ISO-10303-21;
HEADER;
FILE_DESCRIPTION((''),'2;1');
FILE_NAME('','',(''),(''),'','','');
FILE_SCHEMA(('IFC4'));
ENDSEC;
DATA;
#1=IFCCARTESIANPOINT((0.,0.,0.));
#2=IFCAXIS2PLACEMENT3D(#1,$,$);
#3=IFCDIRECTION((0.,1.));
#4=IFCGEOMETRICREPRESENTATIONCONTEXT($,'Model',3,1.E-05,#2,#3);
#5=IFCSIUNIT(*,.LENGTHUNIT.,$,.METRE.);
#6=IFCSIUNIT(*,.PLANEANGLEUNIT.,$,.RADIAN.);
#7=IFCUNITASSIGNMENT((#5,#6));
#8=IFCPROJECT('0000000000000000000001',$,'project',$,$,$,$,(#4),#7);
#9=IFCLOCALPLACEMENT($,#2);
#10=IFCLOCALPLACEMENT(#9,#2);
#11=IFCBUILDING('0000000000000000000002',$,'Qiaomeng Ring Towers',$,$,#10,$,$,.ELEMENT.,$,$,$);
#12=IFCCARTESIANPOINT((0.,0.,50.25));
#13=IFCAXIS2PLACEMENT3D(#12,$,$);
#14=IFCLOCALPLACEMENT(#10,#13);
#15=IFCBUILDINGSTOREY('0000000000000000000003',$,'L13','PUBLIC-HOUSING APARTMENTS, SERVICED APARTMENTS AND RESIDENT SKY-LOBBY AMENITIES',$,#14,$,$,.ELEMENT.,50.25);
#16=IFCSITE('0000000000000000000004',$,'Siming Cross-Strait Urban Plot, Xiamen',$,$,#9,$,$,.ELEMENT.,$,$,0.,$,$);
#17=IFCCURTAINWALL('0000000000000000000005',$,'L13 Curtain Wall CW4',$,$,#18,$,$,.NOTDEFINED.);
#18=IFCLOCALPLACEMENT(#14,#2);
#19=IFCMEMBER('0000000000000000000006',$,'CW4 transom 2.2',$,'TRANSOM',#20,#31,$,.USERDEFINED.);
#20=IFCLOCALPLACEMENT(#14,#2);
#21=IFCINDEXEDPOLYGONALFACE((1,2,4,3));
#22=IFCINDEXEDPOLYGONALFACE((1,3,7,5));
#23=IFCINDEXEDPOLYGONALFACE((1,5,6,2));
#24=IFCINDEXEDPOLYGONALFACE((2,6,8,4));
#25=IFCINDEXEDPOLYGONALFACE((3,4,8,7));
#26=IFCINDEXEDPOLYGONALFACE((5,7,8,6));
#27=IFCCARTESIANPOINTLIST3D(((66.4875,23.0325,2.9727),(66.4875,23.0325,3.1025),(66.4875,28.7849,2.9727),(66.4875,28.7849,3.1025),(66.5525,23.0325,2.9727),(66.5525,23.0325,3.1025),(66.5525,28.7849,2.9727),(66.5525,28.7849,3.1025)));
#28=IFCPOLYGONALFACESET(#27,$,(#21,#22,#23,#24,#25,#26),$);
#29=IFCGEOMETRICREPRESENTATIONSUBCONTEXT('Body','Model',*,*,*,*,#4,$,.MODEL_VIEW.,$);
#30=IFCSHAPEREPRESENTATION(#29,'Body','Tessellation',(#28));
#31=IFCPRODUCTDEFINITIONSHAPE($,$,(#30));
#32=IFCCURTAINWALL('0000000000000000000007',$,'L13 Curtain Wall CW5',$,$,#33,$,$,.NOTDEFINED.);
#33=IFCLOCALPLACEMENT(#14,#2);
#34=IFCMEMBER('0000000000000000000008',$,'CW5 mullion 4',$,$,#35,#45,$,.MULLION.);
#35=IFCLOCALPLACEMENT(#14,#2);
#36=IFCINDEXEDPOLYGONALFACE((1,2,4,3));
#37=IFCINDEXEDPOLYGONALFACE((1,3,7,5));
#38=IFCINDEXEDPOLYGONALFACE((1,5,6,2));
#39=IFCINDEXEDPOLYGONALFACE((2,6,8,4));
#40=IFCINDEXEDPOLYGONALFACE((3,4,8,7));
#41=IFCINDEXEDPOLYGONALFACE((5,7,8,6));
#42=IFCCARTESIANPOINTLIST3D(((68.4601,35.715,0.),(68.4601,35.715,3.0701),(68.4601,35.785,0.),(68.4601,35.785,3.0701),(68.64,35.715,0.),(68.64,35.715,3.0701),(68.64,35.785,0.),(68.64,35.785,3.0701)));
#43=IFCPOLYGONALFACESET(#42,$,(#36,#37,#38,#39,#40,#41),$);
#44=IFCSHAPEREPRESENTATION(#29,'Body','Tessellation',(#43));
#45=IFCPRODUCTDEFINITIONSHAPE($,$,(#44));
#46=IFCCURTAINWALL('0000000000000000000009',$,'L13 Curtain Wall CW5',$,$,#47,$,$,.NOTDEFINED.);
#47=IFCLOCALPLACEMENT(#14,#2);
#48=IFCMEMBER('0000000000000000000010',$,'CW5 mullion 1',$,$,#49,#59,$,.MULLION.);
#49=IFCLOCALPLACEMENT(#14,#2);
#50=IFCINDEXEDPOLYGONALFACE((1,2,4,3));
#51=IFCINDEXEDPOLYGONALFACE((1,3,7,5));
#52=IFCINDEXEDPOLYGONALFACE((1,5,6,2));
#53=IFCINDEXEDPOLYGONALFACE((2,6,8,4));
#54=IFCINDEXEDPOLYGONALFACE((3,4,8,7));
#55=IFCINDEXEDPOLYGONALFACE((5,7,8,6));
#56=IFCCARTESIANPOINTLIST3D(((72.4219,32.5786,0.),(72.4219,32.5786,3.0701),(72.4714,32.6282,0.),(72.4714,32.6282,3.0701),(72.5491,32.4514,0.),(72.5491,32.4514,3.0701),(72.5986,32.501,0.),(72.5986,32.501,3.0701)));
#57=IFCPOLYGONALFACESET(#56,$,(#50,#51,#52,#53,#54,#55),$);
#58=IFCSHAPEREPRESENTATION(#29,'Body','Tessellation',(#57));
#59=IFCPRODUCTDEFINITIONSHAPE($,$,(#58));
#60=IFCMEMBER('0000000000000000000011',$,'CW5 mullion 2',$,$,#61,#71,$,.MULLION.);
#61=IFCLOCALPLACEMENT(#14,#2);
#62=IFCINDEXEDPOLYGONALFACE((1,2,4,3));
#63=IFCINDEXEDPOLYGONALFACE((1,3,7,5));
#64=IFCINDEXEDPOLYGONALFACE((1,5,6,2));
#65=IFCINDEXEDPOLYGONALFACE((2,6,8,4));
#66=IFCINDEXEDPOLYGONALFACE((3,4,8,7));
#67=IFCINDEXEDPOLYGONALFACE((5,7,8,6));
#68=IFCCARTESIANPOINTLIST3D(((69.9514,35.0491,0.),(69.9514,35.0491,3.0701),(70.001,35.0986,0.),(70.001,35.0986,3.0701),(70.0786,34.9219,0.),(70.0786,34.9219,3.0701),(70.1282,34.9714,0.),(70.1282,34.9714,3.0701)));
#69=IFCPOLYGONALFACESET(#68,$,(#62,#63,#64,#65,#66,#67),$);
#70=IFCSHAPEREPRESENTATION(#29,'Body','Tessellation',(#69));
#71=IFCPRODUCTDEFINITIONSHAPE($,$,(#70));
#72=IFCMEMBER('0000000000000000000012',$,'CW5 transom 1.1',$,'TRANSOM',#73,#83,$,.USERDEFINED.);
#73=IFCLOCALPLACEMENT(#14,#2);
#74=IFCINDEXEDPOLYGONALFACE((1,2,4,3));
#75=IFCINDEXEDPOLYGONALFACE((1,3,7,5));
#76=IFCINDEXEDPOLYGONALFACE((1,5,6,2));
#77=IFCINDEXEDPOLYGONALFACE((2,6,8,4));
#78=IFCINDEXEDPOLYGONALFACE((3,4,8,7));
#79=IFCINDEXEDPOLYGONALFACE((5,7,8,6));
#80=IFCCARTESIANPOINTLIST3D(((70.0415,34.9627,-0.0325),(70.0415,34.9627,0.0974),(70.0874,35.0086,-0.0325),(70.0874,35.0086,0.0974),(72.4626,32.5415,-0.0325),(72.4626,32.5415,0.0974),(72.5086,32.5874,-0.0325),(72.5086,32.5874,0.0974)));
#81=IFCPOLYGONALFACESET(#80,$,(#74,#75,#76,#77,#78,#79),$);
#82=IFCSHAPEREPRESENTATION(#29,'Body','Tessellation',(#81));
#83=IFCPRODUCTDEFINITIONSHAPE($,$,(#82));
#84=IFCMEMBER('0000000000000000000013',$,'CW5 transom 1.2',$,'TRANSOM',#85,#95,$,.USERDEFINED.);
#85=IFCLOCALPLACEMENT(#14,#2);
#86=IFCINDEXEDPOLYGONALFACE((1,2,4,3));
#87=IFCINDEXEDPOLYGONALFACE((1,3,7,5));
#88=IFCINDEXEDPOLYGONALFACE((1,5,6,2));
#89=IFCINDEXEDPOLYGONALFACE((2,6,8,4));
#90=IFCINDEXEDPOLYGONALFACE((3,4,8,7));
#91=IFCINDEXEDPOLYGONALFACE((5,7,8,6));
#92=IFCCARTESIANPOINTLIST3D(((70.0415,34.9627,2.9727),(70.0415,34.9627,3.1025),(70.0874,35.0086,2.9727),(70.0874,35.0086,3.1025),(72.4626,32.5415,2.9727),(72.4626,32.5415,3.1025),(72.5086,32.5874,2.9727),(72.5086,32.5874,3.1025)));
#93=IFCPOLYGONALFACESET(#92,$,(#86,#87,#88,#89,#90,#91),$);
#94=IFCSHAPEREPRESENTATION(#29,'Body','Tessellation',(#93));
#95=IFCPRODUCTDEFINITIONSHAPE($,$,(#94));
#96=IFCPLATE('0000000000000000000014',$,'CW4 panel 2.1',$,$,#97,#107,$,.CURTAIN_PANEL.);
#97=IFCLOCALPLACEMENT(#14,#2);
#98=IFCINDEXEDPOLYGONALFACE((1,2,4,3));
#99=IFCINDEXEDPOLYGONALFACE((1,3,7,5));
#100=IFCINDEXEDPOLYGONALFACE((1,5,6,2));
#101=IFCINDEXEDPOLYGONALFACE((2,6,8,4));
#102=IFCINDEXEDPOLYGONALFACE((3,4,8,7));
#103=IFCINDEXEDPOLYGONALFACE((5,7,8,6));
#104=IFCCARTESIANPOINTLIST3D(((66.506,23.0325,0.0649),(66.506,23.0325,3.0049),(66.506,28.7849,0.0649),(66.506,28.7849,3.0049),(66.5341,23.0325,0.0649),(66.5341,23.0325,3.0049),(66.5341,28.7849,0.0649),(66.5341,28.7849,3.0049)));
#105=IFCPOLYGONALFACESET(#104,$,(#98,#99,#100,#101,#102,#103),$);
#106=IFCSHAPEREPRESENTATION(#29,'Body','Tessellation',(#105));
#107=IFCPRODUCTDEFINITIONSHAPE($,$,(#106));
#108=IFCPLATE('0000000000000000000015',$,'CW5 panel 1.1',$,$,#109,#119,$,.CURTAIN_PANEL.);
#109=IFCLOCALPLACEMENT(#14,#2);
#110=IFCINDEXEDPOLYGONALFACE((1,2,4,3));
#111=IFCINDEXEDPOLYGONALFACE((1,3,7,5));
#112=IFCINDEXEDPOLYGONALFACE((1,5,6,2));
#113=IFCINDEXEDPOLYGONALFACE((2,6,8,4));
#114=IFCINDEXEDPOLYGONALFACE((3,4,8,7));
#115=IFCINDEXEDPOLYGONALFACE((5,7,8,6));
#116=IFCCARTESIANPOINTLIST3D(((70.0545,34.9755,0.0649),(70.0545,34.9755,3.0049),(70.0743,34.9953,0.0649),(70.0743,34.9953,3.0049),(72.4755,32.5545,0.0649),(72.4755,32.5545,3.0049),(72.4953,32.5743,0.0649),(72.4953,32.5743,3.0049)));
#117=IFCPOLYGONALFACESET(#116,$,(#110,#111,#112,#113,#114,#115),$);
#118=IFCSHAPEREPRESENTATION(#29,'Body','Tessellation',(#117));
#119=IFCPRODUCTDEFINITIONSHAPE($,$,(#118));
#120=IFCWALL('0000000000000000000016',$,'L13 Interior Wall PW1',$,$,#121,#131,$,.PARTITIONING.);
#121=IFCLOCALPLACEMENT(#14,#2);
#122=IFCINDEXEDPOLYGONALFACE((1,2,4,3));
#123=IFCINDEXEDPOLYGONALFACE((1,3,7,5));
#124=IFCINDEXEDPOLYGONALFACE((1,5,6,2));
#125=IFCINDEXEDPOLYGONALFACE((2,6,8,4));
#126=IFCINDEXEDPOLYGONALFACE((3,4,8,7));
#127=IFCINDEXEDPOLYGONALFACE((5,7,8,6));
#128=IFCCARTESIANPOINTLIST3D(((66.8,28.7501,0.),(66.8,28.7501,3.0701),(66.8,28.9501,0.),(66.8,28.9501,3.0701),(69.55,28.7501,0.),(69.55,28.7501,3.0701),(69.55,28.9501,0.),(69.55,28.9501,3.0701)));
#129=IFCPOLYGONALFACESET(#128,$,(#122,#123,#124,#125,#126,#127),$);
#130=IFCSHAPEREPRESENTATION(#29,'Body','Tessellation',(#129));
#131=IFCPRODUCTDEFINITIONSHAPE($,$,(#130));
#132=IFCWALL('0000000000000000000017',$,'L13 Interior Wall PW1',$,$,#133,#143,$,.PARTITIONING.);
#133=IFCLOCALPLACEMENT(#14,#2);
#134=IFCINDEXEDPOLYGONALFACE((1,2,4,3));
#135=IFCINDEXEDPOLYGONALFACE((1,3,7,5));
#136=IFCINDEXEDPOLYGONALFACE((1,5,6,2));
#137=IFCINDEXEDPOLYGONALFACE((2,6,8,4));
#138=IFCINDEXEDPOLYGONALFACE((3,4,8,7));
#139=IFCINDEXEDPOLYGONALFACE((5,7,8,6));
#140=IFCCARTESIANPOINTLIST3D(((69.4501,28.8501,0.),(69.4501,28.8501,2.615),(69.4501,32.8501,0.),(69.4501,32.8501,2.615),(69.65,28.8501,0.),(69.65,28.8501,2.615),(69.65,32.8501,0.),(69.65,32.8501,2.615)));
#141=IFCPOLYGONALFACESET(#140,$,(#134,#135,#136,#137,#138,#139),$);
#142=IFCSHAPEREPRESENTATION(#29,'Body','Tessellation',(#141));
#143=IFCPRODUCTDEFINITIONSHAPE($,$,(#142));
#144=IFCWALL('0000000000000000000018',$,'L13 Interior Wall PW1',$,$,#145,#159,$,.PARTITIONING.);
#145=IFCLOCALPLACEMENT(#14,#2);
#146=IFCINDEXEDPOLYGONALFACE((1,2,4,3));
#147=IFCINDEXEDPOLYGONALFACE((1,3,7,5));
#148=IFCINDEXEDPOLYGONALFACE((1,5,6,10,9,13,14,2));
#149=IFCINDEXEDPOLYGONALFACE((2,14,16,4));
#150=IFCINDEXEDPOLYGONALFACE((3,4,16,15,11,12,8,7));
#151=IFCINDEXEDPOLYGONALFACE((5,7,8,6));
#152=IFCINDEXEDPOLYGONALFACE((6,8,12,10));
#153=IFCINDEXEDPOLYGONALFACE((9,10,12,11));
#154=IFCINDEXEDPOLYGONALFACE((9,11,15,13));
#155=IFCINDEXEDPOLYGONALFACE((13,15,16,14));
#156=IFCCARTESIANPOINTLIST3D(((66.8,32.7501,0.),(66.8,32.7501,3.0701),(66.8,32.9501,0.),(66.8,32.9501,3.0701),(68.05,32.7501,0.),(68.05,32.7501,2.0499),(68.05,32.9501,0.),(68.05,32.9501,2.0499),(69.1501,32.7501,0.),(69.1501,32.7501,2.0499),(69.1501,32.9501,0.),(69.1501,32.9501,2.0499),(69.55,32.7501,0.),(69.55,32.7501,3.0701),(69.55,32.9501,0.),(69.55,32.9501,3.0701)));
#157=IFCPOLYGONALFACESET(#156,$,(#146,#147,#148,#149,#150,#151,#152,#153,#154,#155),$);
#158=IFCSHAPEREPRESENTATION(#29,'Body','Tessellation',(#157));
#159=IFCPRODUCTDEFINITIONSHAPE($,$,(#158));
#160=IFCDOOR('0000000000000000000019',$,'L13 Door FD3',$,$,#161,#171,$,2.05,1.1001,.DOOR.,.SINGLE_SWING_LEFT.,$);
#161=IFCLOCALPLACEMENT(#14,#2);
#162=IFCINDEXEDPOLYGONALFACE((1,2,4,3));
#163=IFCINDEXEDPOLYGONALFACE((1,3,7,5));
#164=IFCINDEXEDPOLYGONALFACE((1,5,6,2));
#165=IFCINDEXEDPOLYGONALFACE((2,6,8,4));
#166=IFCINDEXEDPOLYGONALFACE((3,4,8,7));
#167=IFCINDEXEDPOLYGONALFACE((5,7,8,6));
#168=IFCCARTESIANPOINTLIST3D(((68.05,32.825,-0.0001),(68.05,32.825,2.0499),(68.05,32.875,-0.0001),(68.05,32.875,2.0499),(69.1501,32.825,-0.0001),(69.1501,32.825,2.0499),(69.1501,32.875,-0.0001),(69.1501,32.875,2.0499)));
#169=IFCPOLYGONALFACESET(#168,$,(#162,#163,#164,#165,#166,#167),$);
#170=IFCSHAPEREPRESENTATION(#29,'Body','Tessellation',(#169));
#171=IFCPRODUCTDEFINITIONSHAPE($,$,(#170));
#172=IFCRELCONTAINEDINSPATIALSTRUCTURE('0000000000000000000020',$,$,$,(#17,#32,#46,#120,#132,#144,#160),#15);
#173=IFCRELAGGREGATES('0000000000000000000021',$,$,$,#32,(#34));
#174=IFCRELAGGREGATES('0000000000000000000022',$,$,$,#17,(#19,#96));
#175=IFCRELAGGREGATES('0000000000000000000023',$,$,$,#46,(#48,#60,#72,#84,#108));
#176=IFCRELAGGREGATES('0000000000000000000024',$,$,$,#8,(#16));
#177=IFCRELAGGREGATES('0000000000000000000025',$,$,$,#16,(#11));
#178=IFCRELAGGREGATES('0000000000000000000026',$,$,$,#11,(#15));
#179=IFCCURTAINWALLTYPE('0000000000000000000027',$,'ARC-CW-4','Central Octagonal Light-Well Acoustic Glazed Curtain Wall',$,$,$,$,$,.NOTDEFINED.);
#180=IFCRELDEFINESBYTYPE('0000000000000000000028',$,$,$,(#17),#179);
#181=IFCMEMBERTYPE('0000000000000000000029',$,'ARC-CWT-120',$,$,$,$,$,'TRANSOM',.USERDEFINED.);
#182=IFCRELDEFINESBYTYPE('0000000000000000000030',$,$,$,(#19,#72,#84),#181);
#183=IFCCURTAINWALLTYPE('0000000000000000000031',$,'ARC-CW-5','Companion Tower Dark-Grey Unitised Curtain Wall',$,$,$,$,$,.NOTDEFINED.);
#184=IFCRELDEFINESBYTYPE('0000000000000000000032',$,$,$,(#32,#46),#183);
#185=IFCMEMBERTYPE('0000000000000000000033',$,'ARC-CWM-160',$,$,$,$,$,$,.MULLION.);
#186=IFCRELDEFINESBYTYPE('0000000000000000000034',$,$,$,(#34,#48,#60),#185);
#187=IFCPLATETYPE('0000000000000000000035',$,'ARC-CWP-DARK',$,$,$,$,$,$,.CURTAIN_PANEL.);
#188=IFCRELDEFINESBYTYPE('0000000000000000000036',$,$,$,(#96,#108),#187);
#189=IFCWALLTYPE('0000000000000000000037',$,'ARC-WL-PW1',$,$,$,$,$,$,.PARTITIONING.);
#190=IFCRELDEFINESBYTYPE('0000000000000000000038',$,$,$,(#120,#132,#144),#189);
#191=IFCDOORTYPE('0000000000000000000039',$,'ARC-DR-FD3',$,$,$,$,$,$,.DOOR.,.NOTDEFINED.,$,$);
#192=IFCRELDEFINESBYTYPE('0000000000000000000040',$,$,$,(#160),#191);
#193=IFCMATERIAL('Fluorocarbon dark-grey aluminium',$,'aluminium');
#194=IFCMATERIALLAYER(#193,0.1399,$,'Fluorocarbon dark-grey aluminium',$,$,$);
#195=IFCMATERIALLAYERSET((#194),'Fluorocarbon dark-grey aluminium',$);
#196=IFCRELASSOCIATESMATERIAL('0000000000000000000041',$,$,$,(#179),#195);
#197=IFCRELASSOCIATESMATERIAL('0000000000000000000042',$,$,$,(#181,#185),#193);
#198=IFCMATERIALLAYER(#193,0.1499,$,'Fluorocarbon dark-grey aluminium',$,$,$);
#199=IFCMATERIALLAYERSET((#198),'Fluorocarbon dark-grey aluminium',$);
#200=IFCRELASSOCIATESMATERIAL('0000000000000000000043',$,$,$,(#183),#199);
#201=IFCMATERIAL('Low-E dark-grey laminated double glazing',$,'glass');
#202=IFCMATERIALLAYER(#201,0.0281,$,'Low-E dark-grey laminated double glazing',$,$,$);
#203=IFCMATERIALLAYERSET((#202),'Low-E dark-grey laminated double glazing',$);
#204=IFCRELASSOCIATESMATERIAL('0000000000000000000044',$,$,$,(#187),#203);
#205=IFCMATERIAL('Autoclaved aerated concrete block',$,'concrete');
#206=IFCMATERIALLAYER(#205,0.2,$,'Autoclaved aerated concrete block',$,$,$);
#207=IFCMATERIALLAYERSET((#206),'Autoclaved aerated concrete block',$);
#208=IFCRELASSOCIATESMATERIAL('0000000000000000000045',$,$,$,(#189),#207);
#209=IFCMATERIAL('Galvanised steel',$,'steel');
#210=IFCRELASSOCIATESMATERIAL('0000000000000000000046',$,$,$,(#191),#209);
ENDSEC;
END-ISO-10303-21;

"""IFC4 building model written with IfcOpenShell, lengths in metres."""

from ifc_helpers import new_model, si_unit, direction, frame, frame_2d, origin, origin_2d, place, context, subcontext, project, spatial, rectangle, extrude, source, transform, mapped, material, layer, layer_set, material_profile, profile_set, type_object, element, fill, aggregate, save


model = new_model("IFC4")

# Units and contexts
model_context = context("Model", 3, precision=1e-05, world=origin(), true_north=direction((0.0, 1.0)))
body_context = subcontext(model_context, "Body", "Model", "MODEL_VIEW")
ifc_project = project(units=[si_unit("LENGTHUNIT", "METRE"), si_unit("PLANEANGLEUNIT", "RADIAN")], contexts=[model_context])

# Site, building, storey
site_placement = place(None, origin())
site = spatial("IfcSite", under=ifc_project, at=site_placement, Name="Siming Cross-Strait Urban Plot, Xiamen", CompositionType="ELEMENT", RefElevation=0.0)
building_placement = place(site_placement, origin())
building = spatial("IfcBuilding", under=site, at=building_placement, Name="Qiaomeng Ring Towers", CompositionType="ELEMENT")
storey_placement = place(building_placement, frame((0.0, 0.0, 50.25)))
storey = spatial("IfcBuildingStorey", under=building, at=storey_placement, Name="L13", Description="PUBLIC-HOUSING APARTMENTS, SERVICED APARTMENTS AND RESIDENT SKY-LOBBY AMENITIES", CompositionType="ELEMENT", Elevation=50.25)

# Curtain wall, member
ifc_material_1 = material(Name="Fluorocarbon dark-grey aluminium", Category="aluminium")
ifc_layer_1 = layer(ifc_material_1, 0.1399, Name="Fluorocarbon dark-grey aluminium")
ifc_layer_set_1 = layer_set([ifc_layer_1], Name="Fluorocarbon dark-grey aluminium")
curtain_wall_type_1 = type_object("IfcCurtainWallType", Name="ARC-CW-4", Description="Central Octagonal Light-Well Acoustic Glazed Curtain Wall", PredefinedType="NOTDEFINED", material=ifc_layer_set_1)
curtain_wall_1_placement = place(storey_placement, origin())
curtain_wall_1 = element("IfcCurtainWall", 1, at=curtain_wall_1_placement, inside=storey, type_object=curtain_wall_type_1, Name="L13 Curtain Wall CW4", PredefinedType="NOTDEFINED")
ifc_material_profile_1 = material_profile(ifc_material_1, rectangle(XDim=0.0649, YDim=0.1299, at=origin_2d()), Name="ALU TRAN 65x130")
ifc_profile_set_1 = profile_set([ifc_material_profile_1], Name="Fluorocarbon dark-grey aluminium")
member_type_1 = type_object("IfcMemberType", Name="ARC-CWT-120", ElementType="TRANSOM", PredefinedType="USERDEFINED", material=ifc_profile_set_1)
shared_shape_1 = source(origin(), body_context, "Body", "SweptSolid", [
    extrude(rectangle(XDim=0.0649, YDim=0.1299, at=origin_2d()), origin(), (0.0, 0.0, 1.0), 5.7524),
])
member_1_placement = place(storey_placement, frame((66.52, 23.0325, 3.0376), z_axis=(0.0, 1.0, 0.0), x_axis=(-1.0, 0.0, 0.0)))
member_1 = element("IfcMember", 2, at=member_1_placement, type_object=member_type_1, Name="CW4 transom 2.2", ObjectType="TRANSOM", PredefinedType="USERDEFINED", context=body_context, shape_type="MappedRepresentation", body=[
    mapped(shared_shape_1, transform((0.0, 0.0, 0.0), x_axis=(1.0, 0.0, 0.0), y_axis=(0.0, 1.0, 0.0), z_axis=(0.0, 0.0, 1.0), scale=1.0)),
])

# Curtain wall, member
ifc_layer_2 = layer(ifc_material_1, 0.1499, Name="Fluorocarbon dark-grey aluminium")
ifc_layer_set_2 = layer_set([ifc_layer_2], Name="Fluorocarbon dark-grey aluminium")
curtain_wall_type_2 = type_object("IfcCurtainWallType", Name="ARC-CW-5", Description="Companion Tower Dark-Grey Unitised Curtain Wall", PredefinedType="NOTDEFINED", material=ifc_layer_set_2)
curtain_wall_2_placement = place(storey_placement, origin())
curtain_wall_2 = element("IfcCurtainWall", 3, at=curtain_wall_2_placement, inside=storey, type_object=curtain_wall_type_2, Name="L13 Curtain Wall CW5", PredefinedType="NOTDEFINED")
ifc_material_profile_2 = material_profile(ifc_material_1, rectangle(XDim=0.0701, YDim=0.1799, at=origin_2d()), Name="ALU MULL 70x180")
ifc_profile_set_2 = profile_set([ifc_material_profile_2], Name="Fluorocarbon dark-grey aluminium")
member_type_2 = type_object("IfcMemberType", Name="ARC-CWM-160", PredefinedType="MULLION", material=ifc_profile_set_2)
shared_shape_2 = source(origin(), body_context, "Body", "SweptSolid", [
    extrude(rectangle(XDim=0.0701, YDim=0.1799, at=origin_2d()), origin(), (0.0, 0.0, 1.0), 3.0701),
])
member_2_placement = place(storey_placement, frame((68.55, 35.75, 0.0), z_axis=(0.0, 0.0, 1.0), x_axis=(0.0, 1.0, 0.0)))
member_2 = element("IfcMember", 4, at=member_2_placement, type_object=member_type_2, Name="CW5 mullion 4", PredefinedType="MULLION", context=body_context, shape_type="MappedRepresentation", body=[
    mapped(shared_shape_2, transform((0.0, 0.0, 0.0), x_axis=(1.0, 0.0, 0.0), y_axis=(0.0, 1.0, 0.0), z_axis=(0.0, 0.0, 1.0), scale=1.0)),
])
aggregate(curtain_wall_2, [member_2])

# Curtain wall, members
curtain_wall_3_placement = place(storey_placement, origin())
curtain_wall_3 = element("IfcCurtainWall", 5, at=curtain_wall_3_placement, inside=storey, type_object=curtain_wall_type_2, Name="L13 Curtain Wall CW5", PredefinedType="NOTDEFINED")
member_3_placement = place(storey_placement, frame((72.5103, 32.5398, 0.0), z_axis=(0.0, 0.0, 1.0), x_axis=(-0.707107, -0.707107, 0.0)))
member_3 = element("IfcMember", 6, at=member_3_placement, type_object=member_type_2, Name="CW5 mullion 1", PredefinedType="MULLION", context=body_context, shape_type="MappedRepresentation", body=[
    mapped(shared_shape_2, transform((0.0, 0.0, 0.0), x_axis=(1.0, 0.0, 0.0), y_axis=(0.0, 1.0, 0.0), z_axis=(0.0, 0.0, 1.0), scale=1.0)),
])
member_4_placement = place(storey_placement, frame((70.0398, 35.0103, 0.0), z_axis=(0.0, 0.0, 1.0), x_axis=(-0.707107, -0.707107, 0.0)))
member_4 = element("IfcMember", 7, at=member_4_placement, type_object=member_type_2, Name="CW5 mullion 2", PredefinedType="MULLION", context=body_context, shape_type="MappedRepresentation", body=[
    mapped(shared_shape_2, transform((0.0, 0.0, 0.0), x_axis=(1.0, 0.0, 0.0), y_axis=(0.0, 1.0, 0.0), z_axis=(0.0, 0.0, 1.0), scale=1.0)),
])
shared_shape_3 = source(origin(), body_context, "Body", "SweptSolid", [
    extrude(rectangle(XDim=0.0649, YDim=0.1299, at=origin_2d()), origin(), (0.0, 0.0, 1.0), 3.4241),
])
member_5_placement = place(storey_placement, frame((72.4856, 32.5645, 0.0325), z_axis=(-0.707107, 0.707107, 0.0), x_axis=(-0.707107, -0.707107, 0.0)))
member_5 = element("IfcMember", 8, at=member_5_placement, type_object=member_type_1, Name="CW5 transom 1.1", ObjectType="TRANSOM", PredefinedType="USERDEFINED", context=body_context, shape_type="MappedRepresentation", body=[
    mapped(shared_shape_3, transform((0.0, 0.0, 0.0), x_axis=(1.0, 0.0, 0.0), y_axis=(0.0, 1.0, 0.0), z_axis=(0.0, 0.0, 1.0), scale=1.0)),
])
member_6_placement = place(storey_placement, frame((72.4856, 32.5645, 3.0376), z_axis=(-0.707107, 0.707107, 0.0), x_axis=(-0.707107, -0.707107, 0.0)))
member_6 = element("IfcMember", 9, at=member_6_placement, type_object=member_type_1, Name="CW5 transom 1.2", ObjectType="TRANSOM", PredefinedType="USERDEFINED", context=body_context, shape_type="MappedRepresentation", body=[
    mapped(shared_shape_3, transform((0.0, 0.0, 0.0), x_axis=(1.0, 0.0, 0.0), y_axis=(0.0, 1.0, 0.0), z_axis=(0.0, 0.0, 1.0), scale=1.0)),
])

# Plates
ifc_material_2 = material(Name="Low-E dark-grey laminated double glazing", Category="glass")
ifc_layer_3 = layer(ifc_material_2, 0.0281, Name="Low-E dark-grey laminated double glazing")
ifc_layer_set_3 = layer_set([ifc_layer_3], Name="Low-E dark-grey laminated double glazing")
plate_type = type_object("IfcPlateType", Name="ARC-CWP-DARK", PredefinedType="CURTAIN_PANEL", material=ifc_layer_set_3)
shared_shape_4 = source(origin(), body_context, "Body", "SweptSolid", [
    extrude(rectangle(XDim=5.7524, YDim=0.0281, at=origin_2d()), origin(), (0.0, 0.0, 1.0), 2.9399),
])
plate_1_placement = place(storey_placement, frame((66.52, 25.9087, 0.0649), z_axis=(0.0, 0.0, 1.0), x_axis=(0.0, 1.0, 0.0)))
plate_1 = element("IfcPlate", 10, at=plate_1_placement, type_object=plate_type, Name="CW4 panel 2.1", PredefinedType="CURTAIN_PANEL", context=body_context, shape_type="MappedRepresentation", body=[
    mapped(shared_shape_4, transform((0.0, 0.0, 0.0), x_axis=(1.0, 0.0, 0.0), y_axis=(0.0, 1.0, 0.0), z_axis=(0.0, 0.0, 1.0), scale=1.0)),
])
aggregate(curtain_wall_1, [member_1, plate_1])
shared_shape_5 = source(origin(), body_context, "Body", "SweptSolid", [
    extrude(rectangle(XDim=3.4238, YDim=0.0281, at=origin_2d()), origin(), (0.0, 0.0, 1.0), 2.9399),
])
plate_2_placement = place(storey_placement, frame((71.2749, 33.7749, 0.0649), z_axis=(0.0, 0.0, 1.0), x_axis=(-0.707107, 0.707107, 0.0)))
plate_2 = element("IfcPlate", 11, at=plate_2_placement, type_object=plate_type, Name="CW5 panel 1.1", PredefinedType="CURTAIN_PANEL", context=body_context, shape_type="MappedRepresentation", body=[
    mapped(shared_shape_5, transform((0.0, 0.0, 0.0), x_axis=(1.0, 0.0, 0.0), y_axis=(0.0, 1.0, 0.0), z_axis=(0.0, 0.0, 1.0), scale=1.0)),
])
aggregate(curtain_wall_3, [member_3, member_4, member_5, member_6, plate_2])

# Walls
ifc_material_3 = material(Name="Autoclaved aerated concrete block", Category="concrete")
ifc_layer_4 = layer(ifc_material_3, 0.2, Name="Autoclaved aerated concrete block")
ifc_layer_set_4 = layer_set([ifc_layer_4], Name="Autoclaved aerated concrete block")
wall_type_1 = type_object("IfcWallType", Name="ARC-WL-PW1", PredefinedType="PARTITIONING", material=ifc_layer_set_4)
wall_1_placement = place(storey_placement, frame((66.8, 28.8501, 0.0), z_axis=(0.0, 0.0, 1.0), x_axis=(1.0, 0.0, 0.0)))
element("IfcWall", 12, at=wall_1_placement, inside=storey, type_object=wall_type_1, Name="L13 Interior Wall PW1", PredefinedType="PARTITIONING", context=body_context, shape_type="SweptSolid", body=[
    extrude(rectangle(XDim=2.75, YDim=0.2, at=frame_2d((1.375, 0.0))), origin(), (0.0, 0.0, 1.0), 3.0701),
])
wall_2_placement = place(storey_placement, frame((69.55, 28.8501, 0.0), z_axis=(0.0, 0.0, 1.0), x_axis=(0.0, 1.0, 0.0)))
element("IfcWall", 13, at=wall_2_placement, inside=storey, type_object=wall_type_1, Name="L13 Interior Wall PW1", PredefinedType="PARTITIONING", context=body_context, shape_type="SweptSolid", body=[
    extrude(rectangle(XDim=4.0, YDim=0.2, at=frame_2d((2.0, 0.0))), origin(), (0.0, 0.0, 1.0), 2.615),
])

# Wall, opening, door
wall_3_placement = place(storey_placement, frame((66.8, 32.8501, 0.0), z_axis=(0.0, 0.0, 1.0), x_axis=(1.0, 0.0, 0.0)))
wall_3 = element("IfcWall", 14, at=wall_3_placement, inside=storey, type_object=wall_type_1, Name="L13 Interior Wall PW1", PredefinedType="PARTITIONING", context=body_context, shape_type="SweptSolid", body=[
    extrude(rectangle(XDim=2.75, YDim=0.2, at=frame_2d((1.375, 0.0))), origin(), (0.0, 0.0, 1.0), 3.0701),
])
opening_1_placement = place(wall_3_placement, frame((1.25, 0.0, 0.0)))
opening_1 = element("IfcOpeningElement", 15, at=opening_1_placement, cuts=wall_3, PredefinedType="OPENING", context=body_context, shape_type="SweptSolid", body=[
    extrude(rectangle(XDim=1.1001, YDim=2.05, at=frame_2d((0.55, 1.0249))), frame((0.0, 0.1099, 0.0), z_axis=(0.0, -1.0, 0.0), x_axis=(1.0, 0.0, 0.0)), (0.0, 0.0, 1.0), 0.22),
])
ifc_material_4 = material(Name="Galvanised steel", Category="steel")
door_type_1 = type_object("IfcDoorType", Name="ARC-DR-FD3", OperationType="NOTDEFINED", PredefinedType="DOOR", material=ifc_material_4)
shared_shape_6 = source(origin(), body_context, "Body", "SweptSolid", [
    extrude(rectangle(XDim=1.1001, YDim=2.05, at=frame_2d((0.55, 1.0249))), frame((0.0, 0.0249, 0.0), z_axis=(0.0, -1.0, 0.0), x_axis=(1.0, 0.0, 0.0)), (0.0, 0.0, 1.0), 0.05),
])
door_1_placement = place(opening_1_placement, origin())
door_1 = element("IfcDoor", 16, at=door_1_placement, inside=storey, type_object=door_type_1, Name="L13 Door FD3", OperationType="SINGLE_SWING_LEFT", OverallHeight=2.05, OverallWidth=1.1001, PredefinedType="DOOR", context=body_context, shape_type="MappedRepresentation", body=[
    mapped(shared_shape_6, transform((0.0, 0.0, 0.0), x_axis=(1.0, 0.0, 0.0), y_axis=(0.0, 1.0, 0.0), z_axis=(0.0, 0.0, 1.0), scale=1.0)),
])
fill(opening_1, door_1)

save(model, "model.ifc")
